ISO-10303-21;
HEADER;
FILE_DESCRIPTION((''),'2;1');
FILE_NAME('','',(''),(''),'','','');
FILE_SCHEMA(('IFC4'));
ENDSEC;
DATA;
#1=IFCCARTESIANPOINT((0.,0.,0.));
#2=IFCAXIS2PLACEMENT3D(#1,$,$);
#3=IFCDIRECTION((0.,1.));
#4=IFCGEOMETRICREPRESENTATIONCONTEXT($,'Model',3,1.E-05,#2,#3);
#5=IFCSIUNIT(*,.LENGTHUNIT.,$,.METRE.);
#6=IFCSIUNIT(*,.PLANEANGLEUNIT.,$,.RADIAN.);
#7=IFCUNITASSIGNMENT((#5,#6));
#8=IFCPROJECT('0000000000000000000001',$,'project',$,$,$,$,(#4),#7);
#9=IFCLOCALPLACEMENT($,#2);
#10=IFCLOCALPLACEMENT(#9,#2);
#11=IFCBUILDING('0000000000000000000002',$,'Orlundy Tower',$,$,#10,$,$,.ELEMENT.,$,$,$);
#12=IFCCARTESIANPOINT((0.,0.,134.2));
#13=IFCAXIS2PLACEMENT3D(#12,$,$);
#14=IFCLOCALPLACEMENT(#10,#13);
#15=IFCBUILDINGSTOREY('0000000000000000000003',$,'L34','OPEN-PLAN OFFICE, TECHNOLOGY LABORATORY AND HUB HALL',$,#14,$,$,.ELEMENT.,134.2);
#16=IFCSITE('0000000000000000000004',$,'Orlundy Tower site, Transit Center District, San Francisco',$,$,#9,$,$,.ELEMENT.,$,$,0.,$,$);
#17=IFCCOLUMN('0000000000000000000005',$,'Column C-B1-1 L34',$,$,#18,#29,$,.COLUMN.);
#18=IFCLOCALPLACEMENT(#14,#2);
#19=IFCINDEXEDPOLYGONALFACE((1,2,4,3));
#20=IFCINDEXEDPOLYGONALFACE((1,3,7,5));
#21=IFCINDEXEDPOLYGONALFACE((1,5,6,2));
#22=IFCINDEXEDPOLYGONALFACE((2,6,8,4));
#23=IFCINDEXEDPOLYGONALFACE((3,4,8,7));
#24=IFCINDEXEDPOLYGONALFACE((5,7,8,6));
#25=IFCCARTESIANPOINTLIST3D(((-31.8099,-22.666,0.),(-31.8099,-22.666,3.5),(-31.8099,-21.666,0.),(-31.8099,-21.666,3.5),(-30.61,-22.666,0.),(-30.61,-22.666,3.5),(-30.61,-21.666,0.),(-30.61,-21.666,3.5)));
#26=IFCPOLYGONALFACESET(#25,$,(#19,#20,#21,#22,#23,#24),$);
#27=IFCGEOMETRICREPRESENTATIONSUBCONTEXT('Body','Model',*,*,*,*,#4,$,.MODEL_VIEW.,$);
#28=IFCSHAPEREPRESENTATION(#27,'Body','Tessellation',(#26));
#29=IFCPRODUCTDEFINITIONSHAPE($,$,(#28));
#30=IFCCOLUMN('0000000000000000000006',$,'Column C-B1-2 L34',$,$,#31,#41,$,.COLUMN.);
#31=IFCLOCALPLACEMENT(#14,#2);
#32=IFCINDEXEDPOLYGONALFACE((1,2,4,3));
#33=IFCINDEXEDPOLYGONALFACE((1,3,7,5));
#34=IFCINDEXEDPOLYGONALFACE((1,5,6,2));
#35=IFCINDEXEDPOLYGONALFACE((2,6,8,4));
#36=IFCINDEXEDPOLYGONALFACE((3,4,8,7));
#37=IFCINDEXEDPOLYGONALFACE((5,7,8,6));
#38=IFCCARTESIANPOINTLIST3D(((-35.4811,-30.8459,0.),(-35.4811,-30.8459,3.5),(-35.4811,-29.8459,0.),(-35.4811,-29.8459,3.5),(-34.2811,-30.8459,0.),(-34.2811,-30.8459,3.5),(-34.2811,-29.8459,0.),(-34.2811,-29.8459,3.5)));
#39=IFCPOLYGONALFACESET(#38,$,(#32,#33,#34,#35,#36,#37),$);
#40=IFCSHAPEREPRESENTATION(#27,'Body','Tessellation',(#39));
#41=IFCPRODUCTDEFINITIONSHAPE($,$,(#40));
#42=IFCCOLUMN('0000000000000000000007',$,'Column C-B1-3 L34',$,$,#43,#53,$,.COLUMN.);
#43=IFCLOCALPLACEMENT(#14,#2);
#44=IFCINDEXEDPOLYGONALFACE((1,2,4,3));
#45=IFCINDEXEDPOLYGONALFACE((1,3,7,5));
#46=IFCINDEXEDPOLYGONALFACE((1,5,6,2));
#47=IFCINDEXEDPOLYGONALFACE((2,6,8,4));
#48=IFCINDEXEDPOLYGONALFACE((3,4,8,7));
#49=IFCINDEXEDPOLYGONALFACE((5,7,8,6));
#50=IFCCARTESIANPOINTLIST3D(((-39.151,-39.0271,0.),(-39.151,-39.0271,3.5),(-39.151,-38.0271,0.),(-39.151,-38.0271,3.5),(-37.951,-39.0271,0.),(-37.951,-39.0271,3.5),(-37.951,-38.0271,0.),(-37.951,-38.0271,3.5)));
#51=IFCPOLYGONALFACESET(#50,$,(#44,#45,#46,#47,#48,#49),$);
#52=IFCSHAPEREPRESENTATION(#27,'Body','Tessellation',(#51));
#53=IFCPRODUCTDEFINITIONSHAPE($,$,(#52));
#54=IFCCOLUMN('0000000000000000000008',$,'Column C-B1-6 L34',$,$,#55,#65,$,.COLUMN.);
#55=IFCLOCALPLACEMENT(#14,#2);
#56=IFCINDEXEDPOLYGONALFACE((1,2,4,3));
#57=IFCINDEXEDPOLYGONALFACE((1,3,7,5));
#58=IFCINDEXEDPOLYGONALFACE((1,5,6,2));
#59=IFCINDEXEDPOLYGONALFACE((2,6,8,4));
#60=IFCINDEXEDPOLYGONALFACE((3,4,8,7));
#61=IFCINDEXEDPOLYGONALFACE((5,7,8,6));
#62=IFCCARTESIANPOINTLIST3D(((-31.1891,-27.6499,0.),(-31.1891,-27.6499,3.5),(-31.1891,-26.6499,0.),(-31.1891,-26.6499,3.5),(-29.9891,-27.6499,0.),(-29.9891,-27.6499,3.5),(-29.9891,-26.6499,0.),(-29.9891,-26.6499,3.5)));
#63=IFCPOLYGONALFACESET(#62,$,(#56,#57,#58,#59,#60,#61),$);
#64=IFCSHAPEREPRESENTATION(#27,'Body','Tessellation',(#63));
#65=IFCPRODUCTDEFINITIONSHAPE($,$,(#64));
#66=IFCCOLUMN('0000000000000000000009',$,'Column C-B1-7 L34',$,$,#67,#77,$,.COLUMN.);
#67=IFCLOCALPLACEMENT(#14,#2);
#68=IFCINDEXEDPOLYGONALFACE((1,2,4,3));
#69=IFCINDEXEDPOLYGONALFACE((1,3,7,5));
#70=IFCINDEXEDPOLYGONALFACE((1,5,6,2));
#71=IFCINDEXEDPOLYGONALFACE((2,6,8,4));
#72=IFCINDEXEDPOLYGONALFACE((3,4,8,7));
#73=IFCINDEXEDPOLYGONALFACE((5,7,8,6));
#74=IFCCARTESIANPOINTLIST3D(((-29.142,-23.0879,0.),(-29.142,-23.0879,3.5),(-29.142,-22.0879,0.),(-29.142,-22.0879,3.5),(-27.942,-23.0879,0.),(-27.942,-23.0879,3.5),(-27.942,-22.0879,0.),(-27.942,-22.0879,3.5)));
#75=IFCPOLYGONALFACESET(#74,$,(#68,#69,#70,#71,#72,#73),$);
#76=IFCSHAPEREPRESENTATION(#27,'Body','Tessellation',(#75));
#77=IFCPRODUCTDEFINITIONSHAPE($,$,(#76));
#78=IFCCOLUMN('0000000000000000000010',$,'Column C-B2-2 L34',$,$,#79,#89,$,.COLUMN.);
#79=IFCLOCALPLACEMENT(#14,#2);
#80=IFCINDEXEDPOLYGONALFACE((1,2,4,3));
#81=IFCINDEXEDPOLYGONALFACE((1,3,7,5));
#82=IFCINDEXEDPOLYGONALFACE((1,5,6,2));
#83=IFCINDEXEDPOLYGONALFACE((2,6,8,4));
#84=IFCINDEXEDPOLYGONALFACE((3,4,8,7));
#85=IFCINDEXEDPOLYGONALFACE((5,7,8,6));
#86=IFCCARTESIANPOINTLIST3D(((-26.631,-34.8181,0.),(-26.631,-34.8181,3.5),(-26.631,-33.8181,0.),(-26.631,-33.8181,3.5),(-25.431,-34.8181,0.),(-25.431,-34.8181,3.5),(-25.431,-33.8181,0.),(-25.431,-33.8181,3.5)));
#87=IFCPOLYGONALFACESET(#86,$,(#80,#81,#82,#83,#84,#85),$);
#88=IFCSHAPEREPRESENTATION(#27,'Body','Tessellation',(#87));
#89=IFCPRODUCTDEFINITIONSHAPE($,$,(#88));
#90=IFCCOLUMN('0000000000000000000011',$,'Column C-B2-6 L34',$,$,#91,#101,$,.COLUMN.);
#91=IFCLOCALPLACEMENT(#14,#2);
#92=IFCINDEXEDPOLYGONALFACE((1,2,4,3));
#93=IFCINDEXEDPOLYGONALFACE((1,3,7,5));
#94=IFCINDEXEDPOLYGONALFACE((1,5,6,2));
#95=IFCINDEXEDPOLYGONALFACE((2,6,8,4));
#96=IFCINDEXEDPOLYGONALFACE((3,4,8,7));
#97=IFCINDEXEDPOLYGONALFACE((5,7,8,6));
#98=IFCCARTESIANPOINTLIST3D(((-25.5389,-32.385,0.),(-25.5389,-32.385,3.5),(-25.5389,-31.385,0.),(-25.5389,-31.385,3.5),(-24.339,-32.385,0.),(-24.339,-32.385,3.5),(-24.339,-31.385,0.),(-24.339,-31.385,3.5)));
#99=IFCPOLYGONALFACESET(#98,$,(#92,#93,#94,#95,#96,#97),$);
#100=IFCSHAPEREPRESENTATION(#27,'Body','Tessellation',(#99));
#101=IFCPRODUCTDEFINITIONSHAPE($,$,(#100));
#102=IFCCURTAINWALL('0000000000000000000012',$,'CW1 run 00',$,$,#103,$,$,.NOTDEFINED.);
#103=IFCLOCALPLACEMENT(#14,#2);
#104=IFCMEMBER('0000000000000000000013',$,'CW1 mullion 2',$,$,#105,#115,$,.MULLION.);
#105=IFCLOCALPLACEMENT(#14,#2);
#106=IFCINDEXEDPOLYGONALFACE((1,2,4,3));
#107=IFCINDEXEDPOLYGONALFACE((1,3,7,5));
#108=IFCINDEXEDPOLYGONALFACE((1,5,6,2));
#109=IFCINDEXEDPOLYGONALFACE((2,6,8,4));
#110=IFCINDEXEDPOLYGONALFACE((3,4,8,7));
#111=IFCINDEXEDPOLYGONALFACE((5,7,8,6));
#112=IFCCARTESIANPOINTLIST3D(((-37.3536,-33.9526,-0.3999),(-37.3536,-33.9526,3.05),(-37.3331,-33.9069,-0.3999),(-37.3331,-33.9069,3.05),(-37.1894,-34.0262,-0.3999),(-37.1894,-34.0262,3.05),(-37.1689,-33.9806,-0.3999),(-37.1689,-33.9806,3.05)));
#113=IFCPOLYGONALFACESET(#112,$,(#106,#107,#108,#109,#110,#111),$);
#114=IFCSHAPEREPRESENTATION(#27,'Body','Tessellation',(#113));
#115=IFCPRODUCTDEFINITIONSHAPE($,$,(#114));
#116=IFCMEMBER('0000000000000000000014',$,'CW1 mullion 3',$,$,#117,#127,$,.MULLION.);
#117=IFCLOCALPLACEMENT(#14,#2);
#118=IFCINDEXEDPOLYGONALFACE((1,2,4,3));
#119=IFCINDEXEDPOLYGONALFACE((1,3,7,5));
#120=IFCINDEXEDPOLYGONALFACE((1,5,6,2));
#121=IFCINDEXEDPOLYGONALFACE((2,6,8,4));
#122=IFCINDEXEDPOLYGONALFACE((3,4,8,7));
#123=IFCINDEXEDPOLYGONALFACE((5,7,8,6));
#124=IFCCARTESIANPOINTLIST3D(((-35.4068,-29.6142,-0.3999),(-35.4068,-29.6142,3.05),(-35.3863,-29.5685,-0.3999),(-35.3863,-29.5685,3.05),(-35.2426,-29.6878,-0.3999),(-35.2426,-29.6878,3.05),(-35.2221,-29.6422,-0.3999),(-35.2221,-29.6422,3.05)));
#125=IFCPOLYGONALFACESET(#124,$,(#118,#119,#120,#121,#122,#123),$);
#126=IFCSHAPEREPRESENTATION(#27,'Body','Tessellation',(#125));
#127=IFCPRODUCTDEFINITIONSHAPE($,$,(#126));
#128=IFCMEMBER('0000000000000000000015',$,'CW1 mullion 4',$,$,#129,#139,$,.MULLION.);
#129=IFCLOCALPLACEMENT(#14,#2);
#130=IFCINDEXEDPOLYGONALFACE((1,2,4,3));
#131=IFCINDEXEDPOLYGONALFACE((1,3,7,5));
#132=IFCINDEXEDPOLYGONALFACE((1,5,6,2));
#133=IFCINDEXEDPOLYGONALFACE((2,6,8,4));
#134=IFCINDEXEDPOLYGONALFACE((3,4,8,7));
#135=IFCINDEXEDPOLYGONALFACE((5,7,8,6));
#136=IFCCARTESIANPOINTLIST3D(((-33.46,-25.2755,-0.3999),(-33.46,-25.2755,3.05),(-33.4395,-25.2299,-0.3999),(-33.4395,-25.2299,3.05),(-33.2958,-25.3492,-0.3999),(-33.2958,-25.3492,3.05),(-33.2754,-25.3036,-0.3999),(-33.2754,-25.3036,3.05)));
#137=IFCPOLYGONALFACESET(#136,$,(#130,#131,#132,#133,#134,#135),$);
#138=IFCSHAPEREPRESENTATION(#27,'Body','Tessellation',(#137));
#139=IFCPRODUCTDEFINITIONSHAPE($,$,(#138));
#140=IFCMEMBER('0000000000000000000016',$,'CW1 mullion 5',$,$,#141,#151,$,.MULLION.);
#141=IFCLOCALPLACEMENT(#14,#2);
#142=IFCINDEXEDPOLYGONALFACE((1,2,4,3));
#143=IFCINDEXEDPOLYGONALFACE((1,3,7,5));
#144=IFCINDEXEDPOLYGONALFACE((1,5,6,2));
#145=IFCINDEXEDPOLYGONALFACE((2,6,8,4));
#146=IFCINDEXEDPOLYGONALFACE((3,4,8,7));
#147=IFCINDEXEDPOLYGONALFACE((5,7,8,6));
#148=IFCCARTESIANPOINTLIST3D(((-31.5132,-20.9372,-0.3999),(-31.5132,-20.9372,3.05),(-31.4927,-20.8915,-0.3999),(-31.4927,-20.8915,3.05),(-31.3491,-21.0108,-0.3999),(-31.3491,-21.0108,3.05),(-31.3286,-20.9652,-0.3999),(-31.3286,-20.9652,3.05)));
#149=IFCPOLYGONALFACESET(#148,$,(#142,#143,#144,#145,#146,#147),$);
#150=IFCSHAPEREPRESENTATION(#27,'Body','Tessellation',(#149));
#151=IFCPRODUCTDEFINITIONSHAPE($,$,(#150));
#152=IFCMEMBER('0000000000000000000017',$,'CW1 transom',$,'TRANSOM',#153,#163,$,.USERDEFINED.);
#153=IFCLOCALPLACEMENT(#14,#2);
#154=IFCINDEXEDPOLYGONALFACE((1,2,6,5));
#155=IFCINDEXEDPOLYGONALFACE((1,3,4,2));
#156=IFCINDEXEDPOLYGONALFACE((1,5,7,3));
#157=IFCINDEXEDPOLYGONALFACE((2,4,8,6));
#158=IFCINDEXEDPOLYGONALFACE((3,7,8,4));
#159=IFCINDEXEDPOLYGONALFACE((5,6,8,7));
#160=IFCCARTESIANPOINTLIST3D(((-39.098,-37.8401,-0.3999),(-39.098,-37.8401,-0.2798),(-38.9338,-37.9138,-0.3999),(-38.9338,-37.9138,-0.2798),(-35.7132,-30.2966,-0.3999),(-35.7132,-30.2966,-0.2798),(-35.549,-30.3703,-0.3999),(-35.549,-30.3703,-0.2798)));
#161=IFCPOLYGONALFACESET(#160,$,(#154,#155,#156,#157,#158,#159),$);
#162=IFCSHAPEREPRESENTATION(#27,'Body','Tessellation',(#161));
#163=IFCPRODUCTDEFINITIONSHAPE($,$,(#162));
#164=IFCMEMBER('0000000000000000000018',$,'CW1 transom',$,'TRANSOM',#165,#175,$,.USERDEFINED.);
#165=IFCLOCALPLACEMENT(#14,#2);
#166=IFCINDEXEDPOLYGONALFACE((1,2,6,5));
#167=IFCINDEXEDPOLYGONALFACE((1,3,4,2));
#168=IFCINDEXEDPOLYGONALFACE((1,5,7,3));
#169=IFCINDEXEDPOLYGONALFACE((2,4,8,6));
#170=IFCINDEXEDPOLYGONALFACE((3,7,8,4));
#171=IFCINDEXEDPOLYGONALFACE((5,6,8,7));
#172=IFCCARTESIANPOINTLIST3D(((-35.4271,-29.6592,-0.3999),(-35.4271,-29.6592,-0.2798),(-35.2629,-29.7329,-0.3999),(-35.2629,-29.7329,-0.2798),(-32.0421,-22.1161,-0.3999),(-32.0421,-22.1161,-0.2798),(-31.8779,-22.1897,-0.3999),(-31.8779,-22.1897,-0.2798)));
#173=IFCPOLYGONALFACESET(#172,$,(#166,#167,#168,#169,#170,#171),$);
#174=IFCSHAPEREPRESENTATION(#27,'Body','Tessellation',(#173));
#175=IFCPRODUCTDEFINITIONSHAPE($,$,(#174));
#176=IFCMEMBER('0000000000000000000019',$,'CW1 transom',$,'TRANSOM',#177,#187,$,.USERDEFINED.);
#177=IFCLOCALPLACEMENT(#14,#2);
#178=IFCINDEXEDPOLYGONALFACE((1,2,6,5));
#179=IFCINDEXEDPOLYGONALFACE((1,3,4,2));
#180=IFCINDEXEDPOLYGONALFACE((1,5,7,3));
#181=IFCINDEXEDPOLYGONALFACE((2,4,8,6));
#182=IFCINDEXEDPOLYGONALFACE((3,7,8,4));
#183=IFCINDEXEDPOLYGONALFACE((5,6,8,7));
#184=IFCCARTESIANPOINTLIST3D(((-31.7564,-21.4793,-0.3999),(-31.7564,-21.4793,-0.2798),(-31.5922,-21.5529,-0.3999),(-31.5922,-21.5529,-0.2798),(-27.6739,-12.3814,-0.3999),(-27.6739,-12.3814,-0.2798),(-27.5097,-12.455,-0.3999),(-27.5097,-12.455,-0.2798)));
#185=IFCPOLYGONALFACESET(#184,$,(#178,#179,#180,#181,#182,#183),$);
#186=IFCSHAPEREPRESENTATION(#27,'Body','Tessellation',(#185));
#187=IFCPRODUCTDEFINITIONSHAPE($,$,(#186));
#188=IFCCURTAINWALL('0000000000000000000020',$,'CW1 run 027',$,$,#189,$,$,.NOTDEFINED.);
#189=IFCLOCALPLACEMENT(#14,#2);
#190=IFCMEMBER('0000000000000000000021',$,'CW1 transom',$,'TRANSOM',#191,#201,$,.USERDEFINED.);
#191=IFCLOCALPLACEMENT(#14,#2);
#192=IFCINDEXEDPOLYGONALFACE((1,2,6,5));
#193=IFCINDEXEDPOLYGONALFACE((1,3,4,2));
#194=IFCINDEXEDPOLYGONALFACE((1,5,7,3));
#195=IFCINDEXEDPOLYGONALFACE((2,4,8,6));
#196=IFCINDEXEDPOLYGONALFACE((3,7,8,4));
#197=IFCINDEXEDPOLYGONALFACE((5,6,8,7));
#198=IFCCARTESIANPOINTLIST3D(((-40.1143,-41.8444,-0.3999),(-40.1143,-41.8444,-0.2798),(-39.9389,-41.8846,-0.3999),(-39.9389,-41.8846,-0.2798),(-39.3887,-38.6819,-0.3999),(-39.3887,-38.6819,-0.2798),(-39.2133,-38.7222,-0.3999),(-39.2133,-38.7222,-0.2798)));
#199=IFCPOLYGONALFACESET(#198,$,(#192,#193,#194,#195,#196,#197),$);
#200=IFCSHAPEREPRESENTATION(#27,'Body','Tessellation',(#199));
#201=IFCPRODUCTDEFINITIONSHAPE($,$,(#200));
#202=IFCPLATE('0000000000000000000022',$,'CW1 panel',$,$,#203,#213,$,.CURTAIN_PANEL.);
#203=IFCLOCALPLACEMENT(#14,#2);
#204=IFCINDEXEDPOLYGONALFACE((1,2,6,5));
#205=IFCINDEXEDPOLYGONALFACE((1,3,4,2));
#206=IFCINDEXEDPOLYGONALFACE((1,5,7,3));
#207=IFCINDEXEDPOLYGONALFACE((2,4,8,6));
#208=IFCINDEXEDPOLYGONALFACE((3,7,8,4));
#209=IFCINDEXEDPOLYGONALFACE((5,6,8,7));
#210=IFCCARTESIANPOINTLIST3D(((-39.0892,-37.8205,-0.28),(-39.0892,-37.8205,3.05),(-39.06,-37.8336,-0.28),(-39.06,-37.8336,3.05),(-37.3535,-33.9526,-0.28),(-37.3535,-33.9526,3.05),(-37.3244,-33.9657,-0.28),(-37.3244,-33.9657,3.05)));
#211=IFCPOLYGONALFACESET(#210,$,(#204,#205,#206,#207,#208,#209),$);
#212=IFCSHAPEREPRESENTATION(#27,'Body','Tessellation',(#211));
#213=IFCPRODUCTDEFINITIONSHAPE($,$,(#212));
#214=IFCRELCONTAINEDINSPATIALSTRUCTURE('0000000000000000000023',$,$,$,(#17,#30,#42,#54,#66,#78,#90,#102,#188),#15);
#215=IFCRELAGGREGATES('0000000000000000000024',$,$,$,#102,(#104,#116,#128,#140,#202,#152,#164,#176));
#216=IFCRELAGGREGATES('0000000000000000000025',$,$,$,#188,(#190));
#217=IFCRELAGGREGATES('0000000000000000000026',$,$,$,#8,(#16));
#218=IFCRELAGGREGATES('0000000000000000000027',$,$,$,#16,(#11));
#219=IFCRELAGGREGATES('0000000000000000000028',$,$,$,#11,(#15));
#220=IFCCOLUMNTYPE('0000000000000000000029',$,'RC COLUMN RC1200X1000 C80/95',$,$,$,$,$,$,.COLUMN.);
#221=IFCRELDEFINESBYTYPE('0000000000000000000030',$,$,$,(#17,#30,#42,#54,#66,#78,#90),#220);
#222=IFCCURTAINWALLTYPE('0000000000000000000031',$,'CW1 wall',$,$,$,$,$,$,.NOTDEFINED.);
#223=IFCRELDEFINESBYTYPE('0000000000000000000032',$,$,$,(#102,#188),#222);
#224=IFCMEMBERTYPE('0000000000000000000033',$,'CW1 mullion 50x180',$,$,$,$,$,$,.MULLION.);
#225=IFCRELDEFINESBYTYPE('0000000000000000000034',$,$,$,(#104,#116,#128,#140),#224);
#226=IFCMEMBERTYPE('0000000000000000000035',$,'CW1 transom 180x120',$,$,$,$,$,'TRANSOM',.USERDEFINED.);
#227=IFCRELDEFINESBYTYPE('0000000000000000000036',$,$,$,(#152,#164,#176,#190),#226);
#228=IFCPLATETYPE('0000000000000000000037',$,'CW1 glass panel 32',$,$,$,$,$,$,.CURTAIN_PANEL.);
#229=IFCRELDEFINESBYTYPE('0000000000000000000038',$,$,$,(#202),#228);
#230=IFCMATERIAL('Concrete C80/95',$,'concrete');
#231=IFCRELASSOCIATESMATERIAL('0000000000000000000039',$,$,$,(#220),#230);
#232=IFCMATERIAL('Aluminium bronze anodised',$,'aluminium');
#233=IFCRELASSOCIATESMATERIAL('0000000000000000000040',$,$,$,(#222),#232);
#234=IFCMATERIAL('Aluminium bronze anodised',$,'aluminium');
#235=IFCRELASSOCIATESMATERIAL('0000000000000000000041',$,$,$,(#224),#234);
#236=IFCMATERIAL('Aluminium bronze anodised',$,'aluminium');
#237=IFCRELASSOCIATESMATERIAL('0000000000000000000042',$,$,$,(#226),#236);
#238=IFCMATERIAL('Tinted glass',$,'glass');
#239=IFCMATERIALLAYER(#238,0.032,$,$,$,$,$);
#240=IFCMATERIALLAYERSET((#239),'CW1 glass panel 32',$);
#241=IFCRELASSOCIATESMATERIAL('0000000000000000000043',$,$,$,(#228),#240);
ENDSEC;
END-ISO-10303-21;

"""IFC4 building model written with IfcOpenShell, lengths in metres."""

from ifc_helpers import new_model, si_unit, direction, frame, origin, origin_2d, place, context, subcontext, project, spatial, rectangle, extrude, material, layer, layer_set, material_profile, profile_set, type_object, element, aggregate, save


model = new_model("IFC4")

# Units and contexts
model_context = context("Model", 3, precision=1e-05, world=origin(), true_north=direction((0.0, 1.0)))
body_context = subcontext(model_context, "Body", "Model", "MODEL_VIEW")
ifc_project = project(units=[si_unit("LENGTHUNIT", "METRE"), si_unit("PLANEANGLEUNIT", "RADIAN")], contexts=[model_context])

# Site, building, storey
site_placement = place(None, origin())
site = spatial("IfcSite", under=ifc_project, at=site_placement, Name="Orlundy Tower site, Transit Center District, San Francisco", CompositionType="ELEMENT", RefElevation=0.0)
building_placement = place(site_placement, origin())
building = spatial("IfcBuilding", under=site, at=building_placement, Name="Orlundy Tower", CompositionType="ELEMENT")
storey_placement = place(building_placement, frame((0.0, 0.0, 134.2)))
storey = spatial("IfcBuildingStorey", under=building, at=storey_placement, Name="L34", Description="OPEN-PLAN OFFICE, TECHNOLOGY LABORATORY AND HUB HALL", CompositionType="ELEMENT", Elevation=134.2)

# Columns
ifc_material_1 = material(Name="Concrete C80/95", Category="concrete")
ifc_material_profile_1 = material_profile(ifc_material_1, rectangle(XDim=1.2, YDim=1.0, at=origin_2d()), Name="RC1200X1000")
ifc_profile_set_1 = profile_set([ifc_material_profile_1], Name="Concrete C80/95")
column_type = type_object("IfcColumnType", Name="RC COLUMN RC1200X1000 C80/95", PredefinedType="COLUMN", material=ifc_profile_set_1)
for number, where, z_axis, x_axis, name in (
    (1, (-31.21, -22.166, 0.0), (0.0, 0.0, 1.0), (1.0, 0.0, 0.0), "Column C-B1-1 L34"),
    (2, (-34.8811, -30.3459, 0.0), (0.0, 0.0, 1.0), (1.0, 0.0, 0.0), "Column C-B1-2 L34"),
    (3, (-38.551, -38.5271, 0.0), (0.0, 0.0, 1.0), (1.0, 0.0, 0.0), "Column C-B1-3 L34"),
    (4, (-30.5891, -27.1499, 0.0), (0.0, 0.0, 1.0), (1.0, 0.0, 0.0), "Column C-B1-6 L34"),
    (5, (-28.542, -22.5879, 0.0), (0.0, 0.0, 1.0), (1.0, 0.0, 0.0), "Column C-B1-7 L34"),
    (6, (-26.031, -34.3181, 0.0), (0.0, 0.0, 1.0), (1.0, 0.0, 0.0), "Column C-B2-2 L34"),
    (7, (-24.939, -31.885, 0.0), (0.0, 0.0, 1.0), (1.0, 0.0, 0.0), "Column C-B2-6 L34"),
):
    element("IfcColumn", number, at=place(storey_placement, frame(where, z_axis=z_axis, x_axis=x_axis)), inside=storey, type_object=column_type, Name=name, PredefinedType="COLUMN", context=body_context, shape_type="SweptSolid", body=[
        extrude(rectangle(XDim=1.2, YDim=1.0, at=origin_2d()), origin(), (0.0, 0.0, 1.0), 3.5),
    ])

# Curtain wall, members
ifc_material_2 = material(Name="Aluminium bronze anodised", Category="aluminium")
curtain_wall_type = type_object("IfcCurtainWallType", Name="CW1 wall", PredefinedType="NOTDEFINED", material=ifc_material_2)
curtain_wall_1_placement = place(storey_placement, origin())
curtain_wall_1 = element("IfcCurtainWall", 8, at=curtain_wall_1_placement, inside=storey, type_object=curtain_wall_type, Name="CW1 run 00", PredefinedType="NOTDEFINED")
ifc_material_3 = material(Name="Aluminium bronze anodised", Category="aluminium")
ifc_material_profile_2 = material_profile(ifc_material_3, rectangle(XDim=0.1799, YDim=0.05, at=origin_2d()), Name="CW1 mullion 50x180")
ifc_profile_set_2 = profile_set([ifc_material_profile_2], Name="Aluminium bronze anodised")
member_type_1 = type_object("IfcMemberType", Name="CW1 mullion 50x180", PredefinedType="MULLION", material=ifc_profile_set_2)
member_1_placement = place(storey_placement, frame((-37.2612, -33.9666, -0.3999), z_axis=(0.0, 0.0, 1.0), x_axis=(-0.912353, 0.409404, 0.0)))
member_1 = element("IfcMember", 9, at=member_1_placement, type_object=member_type_1, Name="CW1 mullion 2", PredefinedType="MULLION", context=body_context, shape_type="SweptSolid", body=[
    extrude(rectangle(XDim=0.1799, YDim=0.05, at=origin_2d()), origin(), (0.0, 0.0, 1.0), 3.45),
])
member_2_placement = place(storey_placement, frame((-35.3145, -29.6282, -0.3999), z_axis=(0.0, 0.0, 1.0), x_axis=(-0.912353, 0.409404, 0.0)))
member_2 = element("IfcMember", 10, at=member_2_placement, type_object=member_type_1, Name="CW1 mullion 3", PredefinedType="MULLION", context=body_context, shape_type="SweptSolid", body=[
    extrude(rectangle(XDim=0.1799, YDim=0.05, at=origin_2d()), origin(), (0.0, 0.0, 1.0), 3.45),
])
member_3_placement = place(storey_placement, frame((-33.3677, -25.2896, -0.3999), z_axis=(0.0, 0.0, 1.0), x_axis=(-0.912353, 0.409404, 0.0)))
member_3 = element("IfcMember", 11, at=member_3_placement, type_object=member_type_1, Name="CW1 mullion 4", PredefinedType="MULLION", context=body_context, shape_type="SweptSolid", body=[
    extrude(rectangle(XDim=0.1799, YDim=0.05, at=origin_2d()), origin(), (0.0, 0.0, 1.0), 3.45),
])
member_4_placement = place(storey_placement, frame((-31.4209, -20.9512, -0.3999), z_axis=(0.0, 0.0, 1.0), x_axis=(-0.912353, 0.409404, 0.0)))
member_4 = element("IfcMember", 12, at=member_4_placement, type_object=member_type_1, Name="CW1 mullion 5", PredefinedType="MULLION", context=body_context, shape_type="SweptSolid", body=[
    extrude(rectangle(XDim=0.1799, YDim=0.05, at=origin_2d()), origin(), (0.0, 0.0, 1.0), 3.45),
])
ifc_material_4 = material(Name="Aluminium bronze anodised", Category="aluminium")
ifc_material_profile_3 = material_profile(ifc_material_4, rectangle(XDim=0.1799, YDim=0.1201, at=origin_2d()), Name="CW1 transom 180x120")
ifc_profile_set_3 = profile_set([ifc_material_profile_3], Name="Aluminium bronze anodised")
member_type_2 = type_object("IfcMemberType", Name="CW1 transom 180x120", ElementType="TRANSOM", PredefinedType="USERDEFINED", material=ifc_profile_set_3)
member_5_placement = place(storey_placement, frame((-39.0159, -37.877, -0.3398), z_axis=(0.40938, 0.912364, 0.0), x_axis=(-0.912364, 0.40938, 0.0)))
member_5 = element("IfcMember", 13, at=member_5_placement, type_object=member_type_2, Name="CW1 transom", ObjectType="TRANSOM", PredefinedType="USERDEFINED", context=body_context, shape_type="SweptSolid", body=[
    extrude(rectangle(XDim=0.1799, YDim=0.1201, at=origin_2d()), origin(), (0.0, 0.0, 1.0), 8.2681),
])
member_6_placement = place(storey_placement, frame((-35.345, -29.696, -0.3398), z_axis=(0.409415, 0.912348, 0.0), x_axis=(-0.912348, 0.409415, 0.0)))
member_6 = element("IfcMember", 14, at=member_6_placement, type_object=member_type_2, Name="CW1 transom", ObjectType="TRANSOM", PredefinedType="USERDEFINED", context=body_context, shape_type="SweptSolid", body=[
    extrude(rectangle(XDim=0.1799, YDim=0.1201, at=origin_2d()), origin(), (0.0, 0.0, 1.0), 8.2678),
])
member_7_placement = place(storey_placement, frame((-31.6743, -21.5161, -0.3398), z_axis=(0.409402, 0.912354, 0.0), x_axis=(-0.912354, 0.409402, 0.0)))
member_7 = element("IfcMember", 15, at=member_7_placement, type_object=member_type_2, Name="CW1 transom", ObjectType="TRANSOM", PredefinedType="USERDEFINED", context=body_context, shape_type="SweptSolid", body=[
    extrude(rectangle(XDim=0.1799, YDim=0.1201, at=origin_2d()), origin(), (0.0, 0.0, 1.0), 9.9719),
])

# Curtain wall, member
curtain_wall_2_placement = place(storey_placement, origin())
curtain_wall_2 = element("IfcCurtainWall", 16, at=curtain_wall_2_placement, inside=storey, type_object=curtain_wall_type, Name="CW1 run 027", PredefinedType="NOTDEFINED")
member_8_placement = place(storey_placement, frame((-40.0266, -41.8645, -0.3398), z_axis=(0.223634, 0.974673, 0.0), x_axis=(-0.974673, 0.223634, 0.0)))
member_8 = element("IfcMember", 17, at=member_8_placement, type_object=member_type_2, Name="CW1 transom", ObjectType="TRANSOM", PredefinedType="USERDEFINED", context=body_context, shape_type="SweptSolid", body=[
    extrude(rectangle(XDim=0.1799, YDim=0.1201, at=origin_2d()), origin(), (0.0, 0.0, 1.0), 3.2446),
])

# Plate
ifc_material_5 = material(Name="Tinted glass", Category="glass")
ifc_layer_1 = layer(ifc_material_5, 0.032)
ifc_layer_set_1 = layer_set([ifc_layer_1], Name="CW1 glass panel 32")
plate_type = type_object("IfcPlateType", Name="CW1 glass panel 32", PredefinedType="CURTAIN_PANEL", material=ifc_layer_set_1)
plate_1_placement = place(storey_placement, frame((-38.2068, -35.8931, -0.28), z_axis=(0.0, 0.0, 1.0), x_axis=(0.409404, 0.912353, 0.0)))
plate_1 = element("IfcPlate", 18, at=plate_1_placement, type_object=plate_type, Name="CW1 panel", PredefinedType="CURTAIN_PANEL", context=body_context, shape_type="SweptSolid", body=[
    extrude(rectangle(XDim=4.2395, YDim=0.032, at=origin_2d()), origin(), (0.0, 0.0, 1.0), 3.3301),
])
aggregate(curtain_wall_1, [member_1, member_2, member_3, member_4, plate_1, member_5, member_6, member_7])
aggregate(curtain_wall_2, [member_8])

save(model, "model.ifc")
